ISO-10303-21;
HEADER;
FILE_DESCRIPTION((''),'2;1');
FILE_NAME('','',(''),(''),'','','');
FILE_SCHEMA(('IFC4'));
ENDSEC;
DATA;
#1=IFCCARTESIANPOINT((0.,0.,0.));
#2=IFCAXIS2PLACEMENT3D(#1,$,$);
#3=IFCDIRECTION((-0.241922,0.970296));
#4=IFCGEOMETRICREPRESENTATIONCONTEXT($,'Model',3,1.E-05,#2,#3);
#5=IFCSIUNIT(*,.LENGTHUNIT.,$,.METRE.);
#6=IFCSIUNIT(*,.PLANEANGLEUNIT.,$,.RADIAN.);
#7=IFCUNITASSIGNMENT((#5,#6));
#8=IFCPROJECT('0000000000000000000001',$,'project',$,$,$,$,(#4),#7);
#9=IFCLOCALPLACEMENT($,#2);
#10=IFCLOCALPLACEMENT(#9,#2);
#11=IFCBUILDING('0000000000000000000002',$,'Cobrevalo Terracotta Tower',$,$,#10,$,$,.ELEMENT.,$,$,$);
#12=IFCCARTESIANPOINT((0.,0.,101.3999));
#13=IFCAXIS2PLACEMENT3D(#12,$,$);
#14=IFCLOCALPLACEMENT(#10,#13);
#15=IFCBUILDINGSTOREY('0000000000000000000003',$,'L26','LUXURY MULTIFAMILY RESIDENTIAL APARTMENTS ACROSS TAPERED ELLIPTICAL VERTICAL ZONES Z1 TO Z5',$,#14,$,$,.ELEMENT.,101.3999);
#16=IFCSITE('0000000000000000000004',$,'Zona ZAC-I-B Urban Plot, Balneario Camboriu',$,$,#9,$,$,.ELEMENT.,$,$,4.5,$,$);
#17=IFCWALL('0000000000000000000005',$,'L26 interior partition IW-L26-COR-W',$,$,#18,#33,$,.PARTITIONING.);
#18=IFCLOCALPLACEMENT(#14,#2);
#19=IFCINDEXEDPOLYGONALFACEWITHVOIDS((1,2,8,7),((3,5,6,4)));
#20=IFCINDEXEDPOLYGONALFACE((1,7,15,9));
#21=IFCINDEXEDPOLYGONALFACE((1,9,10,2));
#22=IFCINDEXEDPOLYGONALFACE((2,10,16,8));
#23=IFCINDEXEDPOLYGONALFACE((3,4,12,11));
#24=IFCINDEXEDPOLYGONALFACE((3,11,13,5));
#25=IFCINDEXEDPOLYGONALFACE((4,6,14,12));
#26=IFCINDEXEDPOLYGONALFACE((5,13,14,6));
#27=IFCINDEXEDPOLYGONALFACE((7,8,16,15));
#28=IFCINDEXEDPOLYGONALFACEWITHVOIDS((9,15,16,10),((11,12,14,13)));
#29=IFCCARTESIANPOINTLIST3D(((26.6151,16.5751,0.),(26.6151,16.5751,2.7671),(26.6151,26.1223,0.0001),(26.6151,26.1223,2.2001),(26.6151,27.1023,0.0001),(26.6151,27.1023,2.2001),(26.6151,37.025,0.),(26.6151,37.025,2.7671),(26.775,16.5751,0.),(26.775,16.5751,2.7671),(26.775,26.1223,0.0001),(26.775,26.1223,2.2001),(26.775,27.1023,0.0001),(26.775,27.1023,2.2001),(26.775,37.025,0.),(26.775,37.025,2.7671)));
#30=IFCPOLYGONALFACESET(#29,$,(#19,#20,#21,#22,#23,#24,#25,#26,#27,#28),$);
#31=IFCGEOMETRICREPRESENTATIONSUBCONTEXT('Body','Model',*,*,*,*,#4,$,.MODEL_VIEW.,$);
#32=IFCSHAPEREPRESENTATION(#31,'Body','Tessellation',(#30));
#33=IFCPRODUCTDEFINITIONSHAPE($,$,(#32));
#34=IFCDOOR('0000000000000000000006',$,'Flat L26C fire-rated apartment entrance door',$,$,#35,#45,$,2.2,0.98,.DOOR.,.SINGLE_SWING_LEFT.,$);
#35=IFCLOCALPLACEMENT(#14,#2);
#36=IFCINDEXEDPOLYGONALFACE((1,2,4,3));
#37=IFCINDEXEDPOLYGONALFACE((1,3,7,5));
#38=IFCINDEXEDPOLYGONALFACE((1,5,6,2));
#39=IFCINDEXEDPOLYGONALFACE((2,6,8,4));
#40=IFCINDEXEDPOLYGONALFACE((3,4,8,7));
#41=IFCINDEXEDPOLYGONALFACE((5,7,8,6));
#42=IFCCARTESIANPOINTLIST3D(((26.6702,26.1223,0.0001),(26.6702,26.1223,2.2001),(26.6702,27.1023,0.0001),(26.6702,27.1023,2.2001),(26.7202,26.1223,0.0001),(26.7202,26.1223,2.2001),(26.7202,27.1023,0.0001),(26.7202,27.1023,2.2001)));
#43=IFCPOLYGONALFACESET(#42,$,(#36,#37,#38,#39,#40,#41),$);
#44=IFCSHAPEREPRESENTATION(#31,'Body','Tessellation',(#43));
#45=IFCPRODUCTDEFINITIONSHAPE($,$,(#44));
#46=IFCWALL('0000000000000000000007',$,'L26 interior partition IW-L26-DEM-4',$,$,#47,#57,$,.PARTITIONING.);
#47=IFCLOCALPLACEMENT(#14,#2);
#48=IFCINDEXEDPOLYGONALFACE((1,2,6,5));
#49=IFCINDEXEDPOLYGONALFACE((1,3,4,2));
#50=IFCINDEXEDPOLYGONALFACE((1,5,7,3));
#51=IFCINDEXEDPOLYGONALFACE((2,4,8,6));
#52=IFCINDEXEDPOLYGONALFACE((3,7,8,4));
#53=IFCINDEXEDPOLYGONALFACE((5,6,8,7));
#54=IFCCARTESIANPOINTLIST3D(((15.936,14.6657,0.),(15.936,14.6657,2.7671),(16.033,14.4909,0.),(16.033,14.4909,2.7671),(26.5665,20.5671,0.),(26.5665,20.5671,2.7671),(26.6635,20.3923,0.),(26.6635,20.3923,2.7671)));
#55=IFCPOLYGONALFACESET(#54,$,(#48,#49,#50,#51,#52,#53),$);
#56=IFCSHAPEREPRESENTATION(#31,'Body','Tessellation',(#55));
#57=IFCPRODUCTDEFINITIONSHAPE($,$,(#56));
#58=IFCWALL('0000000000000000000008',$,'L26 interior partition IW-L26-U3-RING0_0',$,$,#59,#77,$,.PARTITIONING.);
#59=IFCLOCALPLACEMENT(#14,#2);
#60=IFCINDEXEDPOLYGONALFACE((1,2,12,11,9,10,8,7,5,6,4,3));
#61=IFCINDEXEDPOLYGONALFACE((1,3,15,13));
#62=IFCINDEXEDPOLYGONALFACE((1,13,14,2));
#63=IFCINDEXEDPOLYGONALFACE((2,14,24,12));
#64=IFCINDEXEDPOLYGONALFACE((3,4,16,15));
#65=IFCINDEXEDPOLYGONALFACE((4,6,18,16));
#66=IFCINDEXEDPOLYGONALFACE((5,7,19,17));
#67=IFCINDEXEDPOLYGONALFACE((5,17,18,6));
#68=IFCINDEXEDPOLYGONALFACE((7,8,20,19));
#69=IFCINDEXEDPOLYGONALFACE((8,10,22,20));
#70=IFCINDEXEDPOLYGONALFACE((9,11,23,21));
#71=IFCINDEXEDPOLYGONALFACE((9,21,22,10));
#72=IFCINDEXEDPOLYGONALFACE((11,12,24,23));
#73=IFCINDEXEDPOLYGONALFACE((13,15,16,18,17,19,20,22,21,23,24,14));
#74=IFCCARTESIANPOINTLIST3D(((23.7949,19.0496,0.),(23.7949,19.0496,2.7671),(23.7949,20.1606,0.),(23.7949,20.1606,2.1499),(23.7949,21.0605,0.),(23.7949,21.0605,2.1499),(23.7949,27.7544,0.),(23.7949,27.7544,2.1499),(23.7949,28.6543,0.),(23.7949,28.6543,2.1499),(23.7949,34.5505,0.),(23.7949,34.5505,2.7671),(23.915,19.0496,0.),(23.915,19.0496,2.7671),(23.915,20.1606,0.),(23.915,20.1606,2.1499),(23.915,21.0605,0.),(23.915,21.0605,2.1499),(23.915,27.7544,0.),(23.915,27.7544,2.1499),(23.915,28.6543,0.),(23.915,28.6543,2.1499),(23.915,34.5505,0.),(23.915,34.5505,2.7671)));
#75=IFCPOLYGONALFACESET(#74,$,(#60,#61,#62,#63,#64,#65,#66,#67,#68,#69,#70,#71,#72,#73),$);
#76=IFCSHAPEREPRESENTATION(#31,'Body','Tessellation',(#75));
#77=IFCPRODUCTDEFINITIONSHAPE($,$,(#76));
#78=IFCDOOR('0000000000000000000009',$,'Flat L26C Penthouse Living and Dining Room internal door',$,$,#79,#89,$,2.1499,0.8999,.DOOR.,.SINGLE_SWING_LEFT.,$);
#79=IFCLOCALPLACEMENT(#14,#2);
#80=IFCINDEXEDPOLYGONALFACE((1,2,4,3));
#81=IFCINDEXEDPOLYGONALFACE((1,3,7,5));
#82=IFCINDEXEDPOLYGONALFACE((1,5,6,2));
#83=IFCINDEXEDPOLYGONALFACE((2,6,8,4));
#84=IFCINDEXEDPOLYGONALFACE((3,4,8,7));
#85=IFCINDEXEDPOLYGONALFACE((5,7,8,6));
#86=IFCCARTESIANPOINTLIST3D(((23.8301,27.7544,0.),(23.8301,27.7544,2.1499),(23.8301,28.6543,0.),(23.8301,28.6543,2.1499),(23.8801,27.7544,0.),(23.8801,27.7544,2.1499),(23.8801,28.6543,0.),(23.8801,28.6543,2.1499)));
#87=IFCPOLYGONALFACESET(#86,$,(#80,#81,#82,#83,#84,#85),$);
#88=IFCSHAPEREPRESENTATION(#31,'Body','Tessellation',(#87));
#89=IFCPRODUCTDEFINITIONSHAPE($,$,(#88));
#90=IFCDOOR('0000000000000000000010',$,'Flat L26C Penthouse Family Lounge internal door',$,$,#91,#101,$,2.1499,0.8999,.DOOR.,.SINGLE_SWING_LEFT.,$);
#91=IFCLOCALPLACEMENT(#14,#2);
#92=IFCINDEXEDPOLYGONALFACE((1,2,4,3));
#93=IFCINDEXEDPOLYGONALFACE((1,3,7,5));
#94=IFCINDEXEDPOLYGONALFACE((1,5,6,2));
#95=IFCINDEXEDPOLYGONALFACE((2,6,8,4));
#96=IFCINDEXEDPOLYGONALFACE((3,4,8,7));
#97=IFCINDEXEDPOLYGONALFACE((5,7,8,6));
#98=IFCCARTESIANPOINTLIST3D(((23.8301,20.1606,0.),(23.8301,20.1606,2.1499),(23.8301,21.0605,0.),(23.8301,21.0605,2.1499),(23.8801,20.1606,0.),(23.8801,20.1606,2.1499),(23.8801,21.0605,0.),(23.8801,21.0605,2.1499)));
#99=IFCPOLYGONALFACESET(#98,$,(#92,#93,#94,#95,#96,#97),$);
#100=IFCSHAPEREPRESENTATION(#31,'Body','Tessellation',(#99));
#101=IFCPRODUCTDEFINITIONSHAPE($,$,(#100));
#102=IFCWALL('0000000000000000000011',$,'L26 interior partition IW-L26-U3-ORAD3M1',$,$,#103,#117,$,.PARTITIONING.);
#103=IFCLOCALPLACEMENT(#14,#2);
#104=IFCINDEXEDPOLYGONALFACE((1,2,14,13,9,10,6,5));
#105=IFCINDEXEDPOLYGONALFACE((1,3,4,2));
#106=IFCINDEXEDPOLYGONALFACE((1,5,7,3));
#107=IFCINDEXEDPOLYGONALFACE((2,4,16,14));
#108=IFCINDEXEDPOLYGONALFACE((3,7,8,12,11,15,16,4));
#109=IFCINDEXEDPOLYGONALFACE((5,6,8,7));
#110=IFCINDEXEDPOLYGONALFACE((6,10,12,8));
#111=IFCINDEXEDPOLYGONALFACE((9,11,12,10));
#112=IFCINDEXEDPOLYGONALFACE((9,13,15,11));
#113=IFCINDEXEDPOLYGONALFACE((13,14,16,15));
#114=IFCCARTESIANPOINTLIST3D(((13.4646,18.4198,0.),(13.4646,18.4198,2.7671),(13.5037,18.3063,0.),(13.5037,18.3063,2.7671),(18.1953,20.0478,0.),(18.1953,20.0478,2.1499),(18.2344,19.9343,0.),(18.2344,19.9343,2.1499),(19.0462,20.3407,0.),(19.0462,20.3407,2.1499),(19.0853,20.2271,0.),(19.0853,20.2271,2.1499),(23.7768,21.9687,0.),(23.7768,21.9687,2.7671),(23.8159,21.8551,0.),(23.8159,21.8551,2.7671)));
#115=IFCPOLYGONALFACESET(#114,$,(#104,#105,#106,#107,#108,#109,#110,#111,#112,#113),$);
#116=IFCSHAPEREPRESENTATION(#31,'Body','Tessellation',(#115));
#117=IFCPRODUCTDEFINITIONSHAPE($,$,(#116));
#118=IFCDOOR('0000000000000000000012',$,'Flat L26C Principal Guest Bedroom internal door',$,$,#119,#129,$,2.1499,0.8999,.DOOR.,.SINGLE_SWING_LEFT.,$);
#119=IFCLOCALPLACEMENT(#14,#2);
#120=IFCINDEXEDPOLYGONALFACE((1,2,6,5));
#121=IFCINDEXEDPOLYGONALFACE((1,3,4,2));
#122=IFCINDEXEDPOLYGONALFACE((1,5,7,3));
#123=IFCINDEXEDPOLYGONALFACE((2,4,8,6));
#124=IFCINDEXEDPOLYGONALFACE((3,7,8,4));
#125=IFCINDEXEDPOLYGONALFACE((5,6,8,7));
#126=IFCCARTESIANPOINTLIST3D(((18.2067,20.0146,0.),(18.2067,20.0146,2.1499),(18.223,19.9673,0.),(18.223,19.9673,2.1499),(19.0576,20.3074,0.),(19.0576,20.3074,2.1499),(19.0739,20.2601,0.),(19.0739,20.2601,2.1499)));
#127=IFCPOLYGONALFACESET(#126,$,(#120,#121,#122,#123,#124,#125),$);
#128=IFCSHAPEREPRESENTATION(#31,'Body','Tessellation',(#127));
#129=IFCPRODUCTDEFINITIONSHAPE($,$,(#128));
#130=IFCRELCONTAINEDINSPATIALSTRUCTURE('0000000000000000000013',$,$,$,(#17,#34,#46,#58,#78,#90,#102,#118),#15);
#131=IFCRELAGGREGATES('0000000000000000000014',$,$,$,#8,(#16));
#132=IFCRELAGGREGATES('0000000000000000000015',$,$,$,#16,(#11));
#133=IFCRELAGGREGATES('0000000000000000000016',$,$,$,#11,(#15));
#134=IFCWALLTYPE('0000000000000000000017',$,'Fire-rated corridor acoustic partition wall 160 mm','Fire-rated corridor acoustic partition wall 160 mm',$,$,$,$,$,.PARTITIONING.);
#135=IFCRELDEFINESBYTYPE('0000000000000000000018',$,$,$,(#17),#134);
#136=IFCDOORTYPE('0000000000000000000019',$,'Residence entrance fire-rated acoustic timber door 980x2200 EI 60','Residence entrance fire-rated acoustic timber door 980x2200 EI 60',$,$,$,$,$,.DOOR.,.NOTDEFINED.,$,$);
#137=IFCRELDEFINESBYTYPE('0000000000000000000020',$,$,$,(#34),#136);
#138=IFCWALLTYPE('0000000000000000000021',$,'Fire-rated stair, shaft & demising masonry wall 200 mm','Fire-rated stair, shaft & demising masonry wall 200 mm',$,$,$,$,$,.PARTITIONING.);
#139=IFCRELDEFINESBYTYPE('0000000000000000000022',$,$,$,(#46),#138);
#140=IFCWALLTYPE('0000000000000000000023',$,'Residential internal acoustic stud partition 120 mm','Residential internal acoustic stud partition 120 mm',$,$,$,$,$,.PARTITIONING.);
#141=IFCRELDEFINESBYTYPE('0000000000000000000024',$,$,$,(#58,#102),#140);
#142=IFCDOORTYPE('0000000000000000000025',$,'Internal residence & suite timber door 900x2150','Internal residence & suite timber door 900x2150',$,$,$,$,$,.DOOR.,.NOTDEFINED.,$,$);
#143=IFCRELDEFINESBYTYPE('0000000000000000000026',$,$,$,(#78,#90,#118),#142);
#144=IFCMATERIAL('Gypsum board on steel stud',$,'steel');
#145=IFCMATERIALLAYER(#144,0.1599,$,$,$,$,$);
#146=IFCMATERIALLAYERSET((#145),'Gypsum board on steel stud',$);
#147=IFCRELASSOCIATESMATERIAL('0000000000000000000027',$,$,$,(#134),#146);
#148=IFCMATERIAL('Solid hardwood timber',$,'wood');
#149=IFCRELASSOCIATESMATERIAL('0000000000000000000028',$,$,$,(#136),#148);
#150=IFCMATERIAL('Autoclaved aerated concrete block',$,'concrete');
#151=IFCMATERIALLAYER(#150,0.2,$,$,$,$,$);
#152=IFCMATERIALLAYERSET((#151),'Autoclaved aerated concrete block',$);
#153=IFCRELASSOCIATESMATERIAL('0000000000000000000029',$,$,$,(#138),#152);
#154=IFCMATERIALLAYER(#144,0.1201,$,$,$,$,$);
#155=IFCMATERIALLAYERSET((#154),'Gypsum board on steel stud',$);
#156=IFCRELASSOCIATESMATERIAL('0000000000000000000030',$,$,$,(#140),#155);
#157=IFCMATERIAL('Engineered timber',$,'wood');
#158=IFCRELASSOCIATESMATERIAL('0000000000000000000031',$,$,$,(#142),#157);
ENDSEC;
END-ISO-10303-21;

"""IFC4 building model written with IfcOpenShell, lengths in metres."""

from ifc_helpers import new_model, si_unit, direction, frame, frame_2d, origin, place, context, subcontext, project, spatial, rectangle, extrude, source, transform, mapped, material, layer, layer_set, type_object, element, fill, save


model = new_model("IFC4")

# Units and contexts
model_context = context("Model", 3, precision=1e-05, world=origin(), true_north=direction((-0.241922, 0.970296)))
body_context = subcontext(model_context, "Body", "Model", "MODEL_VIEW")
ifc_project = project(units=[si_unit("LENGTHUNIT", "METRE"), si_unit("PLANEANGLEUNIT", "RADIAN")], contexts=[model_context])

# Site, building, storey
site_placement = place(None, origin())
site = spatial("IfcSite", under=ifc_project, at=site_placement, Name="Zona ZAC-I-B Urban Plot, Balneario Camboriu", CompositionType="ELEMENT", RefElevation=4.5)
building_placement = place(site_placement, origin())
building = spatial("IfcBuilding", under=site, at=building_placement, Name="Cobrevalo Terracotta Tower", CompositionType="ELEMENT")
storey_placement = place(building_placement, frame((0.0, 0.0, 101.3999)))
storey = spatial("IfcBuildingStorey", under=building, at=storey_placement, Name="L26", Description="LUXURY MULTIFAMILY RESIDENTIAL APARTMENTS ACROSS TAPERED ELLIPTICAL VERTICAL ZONES Z1 TO Z5", CompositionType="ELEMENT", Elevation=101.3999)

# Wall, opening, door
ifc_material_1 = material(Name="Gypsum board on steel stud", Category="steel")
ifc_layer_1 = layer(ifc_material_1, 0.1599)
ifc_layer_set_1 = layer_set([ifc_layer_1], Name="Gypsum board on steel stud")
wall_type_1 = type_object("IfcWallType", Name="Fire-rated corridor acoustic partition wall 160 mm", Description="Fire-rated corridor acoustic partition wall 160 mm", PredefinedType="PARTITIONING", material=ifc_layer_set_1)
wall_1_placement = place(storey_placement, frame((26.6951, 16.575, 0.0), z_axis=(0.0, 0.0, 1.0), x_axis=(0.0, 1.0, 0.0)))
wall_1 = element("IfcWall", 1, at=wall_1_placement, inside=storey, type_object=wall_type_1, Name="L26 interior partition IW-L26-COR-W", PredefinedType="PARTITIONING", context=body_context, shape_type="SweptSolid", body=[
    extrude(rectangle(XDim=20.45, YDim=0.1599, at=frame_2d((10.2251, 0.0))), origin(), (0.0, 0.0, 1.0), 2.7671),
])
opening_1_placement = place(wall_1_placement, frame((9.5474, 0.0, 0.0)))
opening_1 = element("IfcOpeningElement", 2, at=opening_1_placement, cuts=wall_1, PredefinedType="OPENING", context=body_context, shape_type="SweptSolid", body=[
    extrude(rectangle(XDim=0.98, YDim=2.2, at=frame_2d((0.49, 1.1001))), frame((0.0, 0.0898, 0.0), z_axis=(0.0, -1.0, 0.0), x_axis=(1.0, 0.0, 0.0)), (0.0, 0.0, 1.0), 0.1799),
])
ifc_material_2 = material(Name="Solid hardwood timber", Category="wood")
door_type_1 = type_object("IfcDoorType", Name="Residence entrance fire-rated acoustic timber door 980x2200 EI 60", Description="Residence entrance fire-rated acoustic timber door 980x2200 EI 60", OperationType="NOTDEFINED", PredefinedType="DOOR", material=ifc_material_2)
shared_shape_1 = source(origin(), body_context, "Body", "SweptSolid", [
    extrude(rectangle(XDim=0.98, YDim=2.2, at=frame_2d((0.49, 1.1001))), frame((0.0, 0.0249, 0.0), z_axis=(0.0, -1.0, 0.0), x_axis=(1.0, 0.0, 0.0)), (0.0, 0.0, 1.0), 0.05),
])
door_1_placement = place(opening_1_placement, origin())
door_1 = element("IfcDoor", 3, at=door_1_placement, inside=storey, type_object=door_type_1, Name="Flat L26C fire-rated apartment entrance door", OperationType="SINGLE_SWING_LEFT", OverallHeight=2.2, OverallWidth=0.98, PredefinedType="DOOR", context=body_context, shape_type="MappedRepresentation", body=[
    mapped(shared_shape_1, transform((0.0, 0.0, 0.0), scale=1.0)),
])
fill(opening_1, door_1)

# Wall
ifc_material_3 = material(Name="Autoclaved aerated concrete block", Category="concrete")
ifc_layer_2 = layer(ifc_material_3, 0.2)
ifc_layer_set_2 = layer_set([ifc_layer_2], Name="Autoclaved aerated concrete block")
wall_type_2 = type_object("IfcWallType", Name="Fire-rated stair, shaft & demising masonry wall 200 mm", Description="Fire-rated stair, shaft & demising masonry wall 200 mm", PredefinedType="PARTITIONING", material=ifc_layer_set_2)
wall_2_placement = place(storey_placement, frame((26.615, 20.4797, 0.0), z_axis=(0.0, 0.0, 1.0), x_axis=(-0.874311, -0.485367, 0.0)))
element("IfcWall", 4, at=wall_2_placement, inside=storey, type_object=wall_type_2, Name="L26 interior partition IW-L26-DEM-4", PredefinedType="PARTITIONING", context=body_context, shape_type="SweptSolid", body=[
    extrude(rectangle(XDim=12.1587, YDim=0.2, at=frame_2d((6.0793, 0.0))), origin(), (0.0, 0.0, 1.0), 2.7671),
])

# Wall, openings, doors
ifc_layer_3 = layer(ifc_material_1, 0.1201)
ifc_layer_set_3 = layer_set([ifc_layer_3], Name="Gypsum board on steel stud")
wall_type_3 = type_object("IfcWallType", Name="Residential internal acoustic stud partition 120 mm", Description="Residential internal acoustic stud partition 120 mm", PredefinedType="PARTITIONING", material=ifc_layer_set_3)
wall_3_placement = place(storey_placement, frame((23.855, 19.0496, 0.0), z_axis=(0.0, 0.0, 1.0), x_axis=(0.0, 1.0, 0.0)))
wall_3 = element("IfcWall", 5, at=wall_3_placement, inside=storey, type_object=wall_type_3, Name="L26 interior partition IW-L26-U3-RING0_0", PredefinedType="PARTITIONING", context=body_context, shape_type="SweptSolid", body=[
    extrude(rectangle(XDim=15.501, YDim=0.1201, at=frame_2d((7.7505, 0.0))), origin(), (0.0, 0.0, 1.0), 2.7671),
])
opening_2_placement = place(wall_3_placement, frame((8.7048, 0.0, 0.0)))
opening_2 = element("IfcOpeningElement", 6, at=opening_2_placement, cuts=wall_3, PredefinedType="OPENING", context=body_context, shape_type="SweptSolid", body=[
    extrude(rectangle(XDim=0.8999, YDim=2.1499, at=frame_2d((0.45, 1.075))), frame((0.0, 0.0701, 0.0), z_axis=(0.0, -1.0, 0.0), x_axis=(1.0, 0.0, 0.0)), (0.0, 0.0, 1.0), 0.1401),
])
opening_3_placement = place(wall_3_placement, frame((1.1111, 0.0, 0.0)))
opening_3 = element("IfcOpeningElement", 7, at=opening_3_placement, cuts=wall_3, PredefinedType="OPENING", context=body_context, shape_type="SweptSolid", body=[
    extrude(rectangle(XDim=0.8999, YDim=2.1499, at=frame_2d((0.45, 1.075))), frame((0.0, 0.0701, 0.0), z_axis=(0.0, -1.0, 0.0), x_axis=(1.0, 0.0, 0.0)), (0.0, 0.0, 1.0), 0.1401),
])
ifc_material_4 = material(Name="Engineered timber", Category="wood")
door_type_2 = type_object("IfcDoorType", Name="Internal residence & suite timber door 900x2150", Description="Internal residence & suite timber door 900x2150", OperationType="NOTDEFINED", PredefinedType="DOOR", material=ifc_material_4)
shared_shape_2 = source(origin(), body_context, "Body", "SweptSolid", [
    extrude(rectangle(XDim=0.8999, YDim=2.1499, at=frame_2d((0.45, 1.075))), frame((0.0, 0.0249, 0.0), z_axis=(0.0, -1.0, 0.0), x_axis=(1.0, 0.0, 0.0)), (0.0, 0.0, 1.0), 0.05),
])
door_2_placement = place(opening_2_placement, origin())
door_2 = element("IfcDoor", 8, at=door_2_placement, inside=storey, type_object=door_type_2, Name="Flat L26C Penthouse Living and Dining Room internal door", OperationType="SINGLE_SWING_LEFT", OverallHeight=2.1499, OverallWidth=0.8999, PredefinedType="DOOR", context=body_context, shape_type="MappedRepresentation", body=[
    mapped(shared_shape_2, transform((0.0, 0.0, 0.0), scale=1.0)),
])
fill(opening_2, door_2)
door_3_placement = place(opening_3_placement, origin())
door_3 = element("IfcDoor", 9, at=door_3_placement, inside=storey, type_object=door_type_2, Name="Flat L26C Penthouse Family Lounge internal door", OperationType="SINGLE_SWING_LEFT", OverallHeight=2.1499, OverallWidth=0.8999, PredefinedType="DOOR", context=body_context, shape_type="MappedRepresentation", body=[
    mapped(shared_shape_2, transform((0.0, 0.0, 0.0), scale=1.0)),
])
fill(opening_3, door_3)

# Wall, opening, door
wall_4_placement = place(storey_placement, frame((23.7964, 21.9119, 0.0), z_axis=(0.0, 0.0, 1.0), x_axis=(-0.945574, -0.325407, 0.0)))
wall_4 = element("IfcWall", 10, at=wall_4_placement, inside=storey, type_object=wall_type_3, Name="L26 interior partition IW-L26-U3-ORAD3M1", PredefinedType="PARTITIONING", context=body_context, shape_type="SweptSolid", body=[
    extrude(rectangle(XDim=10.9058, YDim=0.1201, at=frame_2d((5.4529, 0.0))), origin(), (0.0, 0.0, 1.0), 2.7671),
])
opening_4_placement = place(wall_4_placement, frame((5.0029, 0.0, 0.0)))
opening_4 = element("IfcOpeningElement", 11, at=opening_4_placement, cuts=wall_4, PredefinedType="OPENING", context=body_context, shape_type="SweptSolid", body=[
    extrude(rectangle(XDim=0.8999, YDim=2.1499, at=frame_2d((0.45, 1.075))), frame((0.0, 0.0701, 0.0), z_axis=(0.0, -1.0, 0.0), x_axis=(1.0, 0.0, 0.0)), (0.0, 0.0, 1.0), 0.1401),
])
door_4_placement = place(opening_4_placement, frame((0.8999, 0.0, 0.0), z_axis=(0.0, 0.0, 1.0), x_axis=(-1.0, 0.0, 0.0)))
door_4 = element("IfcDoor", 12, at=door_4_placement, inside=storey, type_object=door_type_2, Name="Flat L26C Principal Guest Bedroom internal door", OperationType="SINGLE_SWING_LEFT", OverallHeight=2.1499, OverallWidth=0.8999, PredefinedType="DOOR", context=body_context, shape_type="MappedRepresentation", body=[
    mapped(shared_shape_2, transform((0.0, 0.0, 0.0), scale=1.0)),
])
fill(opening_4, door_4)

save(model, "model.ifc")
